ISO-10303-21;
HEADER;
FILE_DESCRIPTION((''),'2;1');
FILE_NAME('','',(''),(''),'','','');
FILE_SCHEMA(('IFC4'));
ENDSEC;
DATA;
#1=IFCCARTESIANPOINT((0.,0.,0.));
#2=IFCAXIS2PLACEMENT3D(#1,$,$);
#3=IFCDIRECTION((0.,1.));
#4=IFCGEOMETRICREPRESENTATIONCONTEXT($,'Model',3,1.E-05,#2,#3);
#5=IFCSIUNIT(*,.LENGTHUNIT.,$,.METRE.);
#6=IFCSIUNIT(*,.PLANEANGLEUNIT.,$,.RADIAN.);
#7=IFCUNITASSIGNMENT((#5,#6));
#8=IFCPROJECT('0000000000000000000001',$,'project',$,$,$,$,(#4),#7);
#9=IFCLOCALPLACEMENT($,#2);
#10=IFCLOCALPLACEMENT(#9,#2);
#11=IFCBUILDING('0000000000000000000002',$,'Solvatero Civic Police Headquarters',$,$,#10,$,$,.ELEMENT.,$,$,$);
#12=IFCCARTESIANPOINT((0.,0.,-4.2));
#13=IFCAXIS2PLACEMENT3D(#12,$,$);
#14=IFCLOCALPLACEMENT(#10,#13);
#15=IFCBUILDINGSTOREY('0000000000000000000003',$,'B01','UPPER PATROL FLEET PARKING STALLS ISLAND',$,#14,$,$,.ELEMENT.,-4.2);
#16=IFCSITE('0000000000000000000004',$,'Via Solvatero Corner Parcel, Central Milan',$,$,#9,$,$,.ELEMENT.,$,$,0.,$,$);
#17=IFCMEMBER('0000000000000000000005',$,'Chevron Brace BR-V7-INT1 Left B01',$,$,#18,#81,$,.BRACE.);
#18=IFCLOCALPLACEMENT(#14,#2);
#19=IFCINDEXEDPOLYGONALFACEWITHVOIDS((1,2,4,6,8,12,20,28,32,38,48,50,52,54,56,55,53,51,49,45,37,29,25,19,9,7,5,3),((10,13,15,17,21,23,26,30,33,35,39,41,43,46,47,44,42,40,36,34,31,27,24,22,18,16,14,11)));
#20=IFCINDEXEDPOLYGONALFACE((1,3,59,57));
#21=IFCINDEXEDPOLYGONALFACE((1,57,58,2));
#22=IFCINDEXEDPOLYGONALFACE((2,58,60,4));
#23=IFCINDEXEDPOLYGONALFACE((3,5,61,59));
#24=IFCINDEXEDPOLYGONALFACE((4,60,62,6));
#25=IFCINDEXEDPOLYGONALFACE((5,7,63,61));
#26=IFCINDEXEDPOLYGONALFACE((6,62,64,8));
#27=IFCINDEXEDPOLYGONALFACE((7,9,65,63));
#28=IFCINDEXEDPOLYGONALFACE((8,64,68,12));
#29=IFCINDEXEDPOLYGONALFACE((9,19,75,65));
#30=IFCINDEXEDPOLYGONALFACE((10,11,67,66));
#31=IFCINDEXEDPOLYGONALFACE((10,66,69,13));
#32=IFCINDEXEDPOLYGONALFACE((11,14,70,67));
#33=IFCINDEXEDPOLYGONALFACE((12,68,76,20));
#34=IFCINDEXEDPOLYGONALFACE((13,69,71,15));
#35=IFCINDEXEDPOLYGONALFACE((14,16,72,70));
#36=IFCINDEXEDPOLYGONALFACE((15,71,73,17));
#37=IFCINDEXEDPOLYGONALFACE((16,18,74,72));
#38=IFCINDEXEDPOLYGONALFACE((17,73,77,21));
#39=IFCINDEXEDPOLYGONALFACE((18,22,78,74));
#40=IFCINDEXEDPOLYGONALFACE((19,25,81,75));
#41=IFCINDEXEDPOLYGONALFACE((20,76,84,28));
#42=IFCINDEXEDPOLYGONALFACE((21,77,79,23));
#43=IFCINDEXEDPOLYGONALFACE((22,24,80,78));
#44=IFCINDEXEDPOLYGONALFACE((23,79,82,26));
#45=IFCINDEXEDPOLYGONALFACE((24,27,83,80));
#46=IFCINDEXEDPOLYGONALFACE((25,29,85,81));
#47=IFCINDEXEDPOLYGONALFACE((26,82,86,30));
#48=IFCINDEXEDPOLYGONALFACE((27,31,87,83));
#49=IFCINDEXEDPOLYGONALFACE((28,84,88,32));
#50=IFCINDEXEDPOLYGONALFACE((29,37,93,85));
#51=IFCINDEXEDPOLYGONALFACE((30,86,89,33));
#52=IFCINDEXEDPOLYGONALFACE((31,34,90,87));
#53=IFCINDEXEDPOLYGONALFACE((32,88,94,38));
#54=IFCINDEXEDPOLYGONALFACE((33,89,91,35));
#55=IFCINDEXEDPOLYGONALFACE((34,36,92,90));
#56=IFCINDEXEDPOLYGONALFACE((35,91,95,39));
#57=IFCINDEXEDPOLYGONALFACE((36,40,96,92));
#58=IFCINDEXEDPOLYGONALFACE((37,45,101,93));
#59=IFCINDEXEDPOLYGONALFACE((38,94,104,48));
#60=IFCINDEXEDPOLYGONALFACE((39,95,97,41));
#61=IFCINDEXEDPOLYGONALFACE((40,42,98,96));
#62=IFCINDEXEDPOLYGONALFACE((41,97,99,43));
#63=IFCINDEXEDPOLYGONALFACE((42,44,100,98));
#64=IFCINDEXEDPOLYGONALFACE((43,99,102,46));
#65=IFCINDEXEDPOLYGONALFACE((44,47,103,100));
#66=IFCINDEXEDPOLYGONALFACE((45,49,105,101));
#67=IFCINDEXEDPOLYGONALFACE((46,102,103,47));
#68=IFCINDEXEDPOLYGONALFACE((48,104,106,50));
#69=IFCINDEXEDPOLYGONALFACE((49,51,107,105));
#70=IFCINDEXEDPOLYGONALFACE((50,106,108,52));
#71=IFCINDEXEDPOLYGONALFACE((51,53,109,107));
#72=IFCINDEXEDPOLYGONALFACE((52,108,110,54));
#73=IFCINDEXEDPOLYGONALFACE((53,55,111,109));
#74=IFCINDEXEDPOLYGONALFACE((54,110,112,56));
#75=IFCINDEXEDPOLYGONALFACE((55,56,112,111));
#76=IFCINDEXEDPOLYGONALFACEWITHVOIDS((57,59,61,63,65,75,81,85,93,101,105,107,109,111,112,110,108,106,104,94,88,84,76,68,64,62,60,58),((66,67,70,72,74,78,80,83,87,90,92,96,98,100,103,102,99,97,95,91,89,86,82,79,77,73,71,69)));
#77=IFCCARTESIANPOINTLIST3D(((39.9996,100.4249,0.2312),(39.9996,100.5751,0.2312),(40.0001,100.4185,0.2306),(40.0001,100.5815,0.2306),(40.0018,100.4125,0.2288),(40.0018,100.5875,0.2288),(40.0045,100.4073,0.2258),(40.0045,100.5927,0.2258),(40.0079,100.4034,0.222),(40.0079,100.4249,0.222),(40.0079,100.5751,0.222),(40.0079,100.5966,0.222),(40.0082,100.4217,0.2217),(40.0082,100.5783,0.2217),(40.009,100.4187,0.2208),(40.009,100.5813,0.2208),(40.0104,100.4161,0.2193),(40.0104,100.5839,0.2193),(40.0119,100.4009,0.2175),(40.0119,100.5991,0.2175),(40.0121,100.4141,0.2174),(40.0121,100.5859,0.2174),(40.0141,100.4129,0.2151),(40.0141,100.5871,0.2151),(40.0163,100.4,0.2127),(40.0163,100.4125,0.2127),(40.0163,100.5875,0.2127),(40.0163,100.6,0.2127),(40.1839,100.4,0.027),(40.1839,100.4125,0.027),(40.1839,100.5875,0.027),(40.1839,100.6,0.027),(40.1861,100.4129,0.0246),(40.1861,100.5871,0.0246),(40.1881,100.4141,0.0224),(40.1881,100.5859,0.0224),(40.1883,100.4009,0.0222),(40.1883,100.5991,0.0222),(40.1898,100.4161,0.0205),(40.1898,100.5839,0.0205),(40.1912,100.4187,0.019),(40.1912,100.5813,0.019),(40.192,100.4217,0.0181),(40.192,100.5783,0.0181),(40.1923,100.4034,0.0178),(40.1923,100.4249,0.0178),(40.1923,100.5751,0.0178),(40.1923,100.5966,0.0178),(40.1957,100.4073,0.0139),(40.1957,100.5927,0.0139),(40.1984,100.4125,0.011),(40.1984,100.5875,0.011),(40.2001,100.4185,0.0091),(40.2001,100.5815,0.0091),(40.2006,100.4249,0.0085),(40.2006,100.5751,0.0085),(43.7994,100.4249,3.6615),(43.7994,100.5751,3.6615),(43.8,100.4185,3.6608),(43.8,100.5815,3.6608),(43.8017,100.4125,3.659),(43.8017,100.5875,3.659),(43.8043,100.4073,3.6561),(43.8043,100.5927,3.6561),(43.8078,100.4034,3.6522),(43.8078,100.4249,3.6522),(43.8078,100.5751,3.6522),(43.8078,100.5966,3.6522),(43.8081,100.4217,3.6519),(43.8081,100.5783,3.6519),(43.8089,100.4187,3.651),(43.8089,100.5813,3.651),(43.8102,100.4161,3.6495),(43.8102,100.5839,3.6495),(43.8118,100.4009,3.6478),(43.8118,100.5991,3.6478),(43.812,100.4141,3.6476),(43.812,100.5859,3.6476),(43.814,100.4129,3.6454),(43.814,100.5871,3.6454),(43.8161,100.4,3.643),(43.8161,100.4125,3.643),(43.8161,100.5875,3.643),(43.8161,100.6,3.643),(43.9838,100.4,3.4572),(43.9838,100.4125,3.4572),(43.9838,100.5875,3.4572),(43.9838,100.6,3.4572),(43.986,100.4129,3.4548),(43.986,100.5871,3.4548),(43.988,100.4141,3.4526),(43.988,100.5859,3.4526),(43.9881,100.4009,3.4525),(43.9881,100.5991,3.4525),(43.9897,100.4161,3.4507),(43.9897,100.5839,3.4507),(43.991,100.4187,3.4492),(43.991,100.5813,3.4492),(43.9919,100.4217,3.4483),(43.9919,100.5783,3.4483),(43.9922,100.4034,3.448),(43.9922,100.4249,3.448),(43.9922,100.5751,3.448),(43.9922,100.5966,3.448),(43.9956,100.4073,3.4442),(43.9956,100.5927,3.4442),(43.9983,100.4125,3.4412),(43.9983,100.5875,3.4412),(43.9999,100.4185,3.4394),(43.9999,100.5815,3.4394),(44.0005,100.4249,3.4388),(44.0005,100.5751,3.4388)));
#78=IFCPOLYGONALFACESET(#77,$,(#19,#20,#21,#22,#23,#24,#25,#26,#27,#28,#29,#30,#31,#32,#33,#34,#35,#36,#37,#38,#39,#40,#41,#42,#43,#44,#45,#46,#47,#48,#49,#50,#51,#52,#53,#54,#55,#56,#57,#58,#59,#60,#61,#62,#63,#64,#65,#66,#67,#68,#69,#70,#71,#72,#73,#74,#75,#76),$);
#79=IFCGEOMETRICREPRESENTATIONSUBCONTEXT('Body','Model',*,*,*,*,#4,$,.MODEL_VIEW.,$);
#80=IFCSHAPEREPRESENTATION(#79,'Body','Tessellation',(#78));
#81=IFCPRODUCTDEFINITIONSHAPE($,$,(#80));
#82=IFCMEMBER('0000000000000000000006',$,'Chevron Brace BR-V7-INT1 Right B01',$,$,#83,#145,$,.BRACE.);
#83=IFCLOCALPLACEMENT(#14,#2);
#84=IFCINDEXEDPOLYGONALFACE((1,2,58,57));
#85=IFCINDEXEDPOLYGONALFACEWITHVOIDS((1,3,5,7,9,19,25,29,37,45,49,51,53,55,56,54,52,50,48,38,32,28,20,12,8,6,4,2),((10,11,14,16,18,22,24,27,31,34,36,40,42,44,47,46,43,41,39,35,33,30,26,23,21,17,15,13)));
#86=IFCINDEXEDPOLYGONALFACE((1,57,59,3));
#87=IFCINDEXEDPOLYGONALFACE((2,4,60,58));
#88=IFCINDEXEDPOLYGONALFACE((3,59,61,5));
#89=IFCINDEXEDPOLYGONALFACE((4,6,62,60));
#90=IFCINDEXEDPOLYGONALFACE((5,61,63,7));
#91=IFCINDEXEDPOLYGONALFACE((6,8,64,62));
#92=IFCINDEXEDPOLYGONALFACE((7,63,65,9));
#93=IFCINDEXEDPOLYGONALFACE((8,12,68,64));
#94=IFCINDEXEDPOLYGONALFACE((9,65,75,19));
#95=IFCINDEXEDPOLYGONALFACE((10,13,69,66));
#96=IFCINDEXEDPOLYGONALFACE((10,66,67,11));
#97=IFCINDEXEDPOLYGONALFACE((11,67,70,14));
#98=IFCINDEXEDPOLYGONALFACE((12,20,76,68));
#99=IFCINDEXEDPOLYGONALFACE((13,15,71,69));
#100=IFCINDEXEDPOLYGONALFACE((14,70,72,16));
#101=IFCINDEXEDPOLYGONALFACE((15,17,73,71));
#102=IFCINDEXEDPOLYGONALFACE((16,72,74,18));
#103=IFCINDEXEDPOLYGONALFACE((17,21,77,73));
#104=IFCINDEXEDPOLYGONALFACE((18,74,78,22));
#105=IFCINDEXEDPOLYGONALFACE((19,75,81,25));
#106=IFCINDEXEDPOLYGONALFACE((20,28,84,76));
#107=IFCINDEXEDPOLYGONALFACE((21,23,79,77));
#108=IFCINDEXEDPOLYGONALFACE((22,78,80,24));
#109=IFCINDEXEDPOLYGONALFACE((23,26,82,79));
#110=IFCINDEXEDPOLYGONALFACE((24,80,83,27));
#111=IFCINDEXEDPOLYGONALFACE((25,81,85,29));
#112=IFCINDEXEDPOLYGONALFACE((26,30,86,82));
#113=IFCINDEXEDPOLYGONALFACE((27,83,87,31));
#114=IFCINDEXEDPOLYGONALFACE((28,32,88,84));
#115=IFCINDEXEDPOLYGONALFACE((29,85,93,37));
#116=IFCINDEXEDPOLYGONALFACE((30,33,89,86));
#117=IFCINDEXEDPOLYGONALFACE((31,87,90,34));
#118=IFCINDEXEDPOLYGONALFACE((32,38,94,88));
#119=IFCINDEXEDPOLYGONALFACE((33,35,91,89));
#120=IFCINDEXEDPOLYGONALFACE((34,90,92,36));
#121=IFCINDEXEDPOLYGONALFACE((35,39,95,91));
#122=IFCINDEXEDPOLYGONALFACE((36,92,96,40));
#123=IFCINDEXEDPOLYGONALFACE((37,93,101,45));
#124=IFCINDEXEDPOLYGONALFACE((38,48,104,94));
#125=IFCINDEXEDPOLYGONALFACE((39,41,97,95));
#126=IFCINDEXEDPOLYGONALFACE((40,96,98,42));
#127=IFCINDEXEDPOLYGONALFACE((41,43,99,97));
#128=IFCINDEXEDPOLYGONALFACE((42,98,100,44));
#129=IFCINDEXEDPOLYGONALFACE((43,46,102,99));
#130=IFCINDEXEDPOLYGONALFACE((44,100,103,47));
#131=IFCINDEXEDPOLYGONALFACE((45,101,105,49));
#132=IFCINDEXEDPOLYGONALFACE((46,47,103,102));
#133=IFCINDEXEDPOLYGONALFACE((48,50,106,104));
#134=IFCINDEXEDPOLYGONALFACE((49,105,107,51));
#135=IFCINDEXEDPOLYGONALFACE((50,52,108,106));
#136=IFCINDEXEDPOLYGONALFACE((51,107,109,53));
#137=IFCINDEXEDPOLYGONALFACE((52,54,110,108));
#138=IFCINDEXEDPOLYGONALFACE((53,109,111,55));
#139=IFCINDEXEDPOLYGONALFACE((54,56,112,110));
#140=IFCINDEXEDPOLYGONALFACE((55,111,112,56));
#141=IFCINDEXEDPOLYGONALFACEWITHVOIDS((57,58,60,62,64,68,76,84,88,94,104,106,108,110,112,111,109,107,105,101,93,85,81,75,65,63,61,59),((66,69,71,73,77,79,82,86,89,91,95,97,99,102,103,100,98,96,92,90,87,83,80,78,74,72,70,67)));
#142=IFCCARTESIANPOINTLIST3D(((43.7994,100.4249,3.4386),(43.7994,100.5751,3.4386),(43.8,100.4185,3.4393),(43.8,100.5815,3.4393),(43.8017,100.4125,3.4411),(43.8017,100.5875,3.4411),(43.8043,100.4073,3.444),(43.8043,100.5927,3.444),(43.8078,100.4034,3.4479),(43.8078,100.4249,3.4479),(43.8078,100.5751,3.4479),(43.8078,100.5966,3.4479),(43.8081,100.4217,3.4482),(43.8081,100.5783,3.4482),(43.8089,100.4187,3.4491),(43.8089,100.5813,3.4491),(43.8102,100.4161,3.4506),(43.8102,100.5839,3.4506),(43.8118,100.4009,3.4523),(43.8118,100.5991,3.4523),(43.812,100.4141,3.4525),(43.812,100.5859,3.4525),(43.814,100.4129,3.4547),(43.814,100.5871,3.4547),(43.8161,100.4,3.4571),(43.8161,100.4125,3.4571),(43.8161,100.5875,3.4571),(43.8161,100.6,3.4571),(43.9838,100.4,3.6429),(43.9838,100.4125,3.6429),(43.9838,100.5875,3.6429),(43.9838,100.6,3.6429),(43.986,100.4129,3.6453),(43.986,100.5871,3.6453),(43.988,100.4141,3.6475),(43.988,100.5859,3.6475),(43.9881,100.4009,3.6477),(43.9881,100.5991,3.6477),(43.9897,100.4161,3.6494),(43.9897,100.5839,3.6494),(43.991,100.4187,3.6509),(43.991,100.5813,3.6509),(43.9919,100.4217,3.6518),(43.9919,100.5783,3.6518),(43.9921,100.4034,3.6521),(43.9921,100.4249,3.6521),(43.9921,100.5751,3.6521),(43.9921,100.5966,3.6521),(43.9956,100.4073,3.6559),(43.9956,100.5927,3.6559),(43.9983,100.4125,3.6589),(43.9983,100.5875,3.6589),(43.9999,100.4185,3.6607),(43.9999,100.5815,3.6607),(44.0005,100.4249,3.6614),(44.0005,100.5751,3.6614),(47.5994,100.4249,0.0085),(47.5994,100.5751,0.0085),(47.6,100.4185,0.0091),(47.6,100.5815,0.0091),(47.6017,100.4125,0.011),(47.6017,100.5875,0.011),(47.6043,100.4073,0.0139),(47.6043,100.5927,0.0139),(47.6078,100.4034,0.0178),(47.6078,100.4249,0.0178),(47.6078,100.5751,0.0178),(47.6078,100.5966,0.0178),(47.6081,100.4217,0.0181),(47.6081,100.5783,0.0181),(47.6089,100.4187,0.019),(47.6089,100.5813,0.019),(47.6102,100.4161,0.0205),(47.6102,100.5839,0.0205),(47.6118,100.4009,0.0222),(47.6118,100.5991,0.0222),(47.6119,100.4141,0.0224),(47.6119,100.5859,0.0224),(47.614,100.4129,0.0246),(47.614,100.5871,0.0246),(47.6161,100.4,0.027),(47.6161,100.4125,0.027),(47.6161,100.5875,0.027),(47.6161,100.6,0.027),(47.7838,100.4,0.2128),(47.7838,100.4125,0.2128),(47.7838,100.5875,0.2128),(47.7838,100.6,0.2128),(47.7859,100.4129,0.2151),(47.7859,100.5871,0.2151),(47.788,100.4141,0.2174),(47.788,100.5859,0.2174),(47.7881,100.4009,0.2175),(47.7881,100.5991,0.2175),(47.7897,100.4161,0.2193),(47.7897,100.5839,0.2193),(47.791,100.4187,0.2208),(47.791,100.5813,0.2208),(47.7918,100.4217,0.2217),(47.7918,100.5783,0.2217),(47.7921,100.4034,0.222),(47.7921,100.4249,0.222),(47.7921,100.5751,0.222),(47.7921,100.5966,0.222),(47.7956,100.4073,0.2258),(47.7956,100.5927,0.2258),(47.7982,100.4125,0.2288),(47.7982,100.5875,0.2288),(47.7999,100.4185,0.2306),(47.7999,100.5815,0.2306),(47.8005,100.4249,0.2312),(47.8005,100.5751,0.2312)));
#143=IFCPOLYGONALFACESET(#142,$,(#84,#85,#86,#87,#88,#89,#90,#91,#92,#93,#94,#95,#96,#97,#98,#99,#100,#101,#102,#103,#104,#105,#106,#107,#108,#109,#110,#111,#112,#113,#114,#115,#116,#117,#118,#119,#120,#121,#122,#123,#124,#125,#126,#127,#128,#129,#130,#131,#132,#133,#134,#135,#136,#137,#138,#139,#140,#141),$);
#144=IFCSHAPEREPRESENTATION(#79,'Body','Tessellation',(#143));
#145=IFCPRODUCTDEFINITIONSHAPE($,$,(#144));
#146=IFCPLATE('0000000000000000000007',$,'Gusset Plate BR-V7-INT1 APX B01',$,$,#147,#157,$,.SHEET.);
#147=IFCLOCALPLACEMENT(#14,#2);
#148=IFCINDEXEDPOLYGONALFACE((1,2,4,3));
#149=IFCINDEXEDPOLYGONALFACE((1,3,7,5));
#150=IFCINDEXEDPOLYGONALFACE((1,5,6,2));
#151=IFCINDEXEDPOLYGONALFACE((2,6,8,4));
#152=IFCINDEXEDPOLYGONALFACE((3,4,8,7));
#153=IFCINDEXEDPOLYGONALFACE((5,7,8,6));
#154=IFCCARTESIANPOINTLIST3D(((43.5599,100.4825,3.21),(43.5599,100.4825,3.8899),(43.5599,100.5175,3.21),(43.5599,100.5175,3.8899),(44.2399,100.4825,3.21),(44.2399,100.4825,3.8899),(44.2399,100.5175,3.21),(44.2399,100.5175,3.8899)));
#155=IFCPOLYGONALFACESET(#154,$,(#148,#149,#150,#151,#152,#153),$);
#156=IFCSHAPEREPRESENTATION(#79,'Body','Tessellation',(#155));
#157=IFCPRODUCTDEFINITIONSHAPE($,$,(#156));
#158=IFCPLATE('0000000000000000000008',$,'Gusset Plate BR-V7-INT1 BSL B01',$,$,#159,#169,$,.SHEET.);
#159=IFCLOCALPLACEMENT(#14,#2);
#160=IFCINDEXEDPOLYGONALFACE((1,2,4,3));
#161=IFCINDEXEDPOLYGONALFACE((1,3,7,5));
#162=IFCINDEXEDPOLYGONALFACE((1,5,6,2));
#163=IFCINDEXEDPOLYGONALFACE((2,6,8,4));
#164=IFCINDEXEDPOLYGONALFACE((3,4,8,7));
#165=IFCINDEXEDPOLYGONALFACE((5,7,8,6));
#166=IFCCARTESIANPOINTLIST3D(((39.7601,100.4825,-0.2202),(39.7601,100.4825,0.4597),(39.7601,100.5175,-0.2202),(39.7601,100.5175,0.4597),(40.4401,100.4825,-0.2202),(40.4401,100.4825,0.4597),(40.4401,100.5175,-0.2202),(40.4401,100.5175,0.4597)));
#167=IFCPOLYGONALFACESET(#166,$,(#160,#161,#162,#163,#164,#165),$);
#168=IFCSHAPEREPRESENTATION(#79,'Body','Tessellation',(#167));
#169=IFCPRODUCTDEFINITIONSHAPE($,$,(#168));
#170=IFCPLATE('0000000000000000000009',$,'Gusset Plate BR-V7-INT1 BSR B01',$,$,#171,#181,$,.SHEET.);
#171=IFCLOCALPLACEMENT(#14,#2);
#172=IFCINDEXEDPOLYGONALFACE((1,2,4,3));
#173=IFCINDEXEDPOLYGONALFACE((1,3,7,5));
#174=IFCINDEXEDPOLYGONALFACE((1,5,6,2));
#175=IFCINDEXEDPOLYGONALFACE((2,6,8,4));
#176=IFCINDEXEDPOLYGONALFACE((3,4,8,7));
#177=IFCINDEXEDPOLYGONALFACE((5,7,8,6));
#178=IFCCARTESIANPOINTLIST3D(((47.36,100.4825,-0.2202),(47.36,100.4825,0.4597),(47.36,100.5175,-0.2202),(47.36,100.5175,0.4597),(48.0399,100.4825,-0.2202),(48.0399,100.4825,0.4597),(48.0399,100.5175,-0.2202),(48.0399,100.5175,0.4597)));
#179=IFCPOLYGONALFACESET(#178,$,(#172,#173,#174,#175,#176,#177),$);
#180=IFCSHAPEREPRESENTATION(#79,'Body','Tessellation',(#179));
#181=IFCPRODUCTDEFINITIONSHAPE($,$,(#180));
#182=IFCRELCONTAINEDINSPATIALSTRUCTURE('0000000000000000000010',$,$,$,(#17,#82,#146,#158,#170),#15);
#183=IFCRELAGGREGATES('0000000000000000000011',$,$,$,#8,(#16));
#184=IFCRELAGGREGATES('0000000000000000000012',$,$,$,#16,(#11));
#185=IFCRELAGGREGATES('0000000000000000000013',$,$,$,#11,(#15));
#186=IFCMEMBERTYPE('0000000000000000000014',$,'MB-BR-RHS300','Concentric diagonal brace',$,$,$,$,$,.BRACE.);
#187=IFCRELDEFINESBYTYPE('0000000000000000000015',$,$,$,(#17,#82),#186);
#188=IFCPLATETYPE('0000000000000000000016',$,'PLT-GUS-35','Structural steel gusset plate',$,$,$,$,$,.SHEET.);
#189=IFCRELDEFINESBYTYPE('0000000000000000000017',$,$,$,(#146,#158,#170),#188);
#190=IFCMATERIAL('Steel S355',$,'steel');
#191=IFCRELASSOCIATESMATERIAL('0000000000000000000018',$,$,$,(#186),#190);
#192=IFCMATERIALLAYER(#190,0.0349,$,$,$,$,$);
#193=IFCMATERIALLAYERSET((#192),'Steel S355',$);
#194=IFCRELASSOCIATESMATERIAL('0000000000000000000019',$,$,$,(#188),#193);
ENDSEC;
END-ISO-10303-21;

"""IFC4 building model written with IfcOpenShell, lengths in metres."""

from ifc_helpers import new_model, si_unit, direction, frame, origin, origin_2d, place, context, subcontext, project, spatial, rectangle, hollow_rectangle, extrude, material, layer, layer_set, material_profile, profile_set, type_object, element, save


model = new_model("IFC4")

# Units and contexts
model_context = context("Model", 3, precision=1e-05, world=origin(), true_north=direction((0.0, 1.0)))
body_context = subcontext(model_context, "Body", "Model", "MODEL_VIEW")
ifc_project = project(units=[si_unit("LENGTHUNIT", "METRE"), si_unit("PLANEANGLEUNIT", "RADIAN")], contexts=[model_context])

# Site, building, storey
site_placement = place(None, origin())
site = spatial("IfcSite", under=ifc_project, at=site_placement, Name="Via Solvatero Corner Parcel, Central Milan", CompositionType="ELEMENT", RefElevation=0.0)
building_placement = place(site_placement, origin())
building = spatial("IfcBuilding", under=site, at=building_placement, Name="Solvatero Civic Police Headquarters", CompositionType="ELEMENT")
storey_placement = place(building_placement, frame((0.0, 0.0, -4.2)))
storey = spatial("IfcBuildingStorey", under=building, at=storey_placement, Name="B01", Description="UPPER PATROL FLEET PARKING STALLS ISLAND", CompositionType="ELEMENT", Elevation=-4.2)

# Members
ifc_material_1 = material(Name="Steel S355", Category="steel")
ifc_material_profile_1 = material_profile(ifc_material_1, hollow_rectangle(XDim=0.2, YDim=0.3, WallThickness=0.0125, InnerFilletRadius=0.0125, OuterFilletRadius=0.0249, at=origin_2d()), Name="RHS 300x200x12.5")
ifc_profile_set_1 = profile_set([ifc_material_profile_1], Name="Steel S355")
member_type = type_object("IfcMemberType", Name="MB-BR-RHS300", Description="Concentric diagonal brace", PredefinedType="BRACE", material=ifc_profile_set_1)
for number, where, z_axis, x_axis, name in (
    (1, (40.1001, 100.5, 0.1199), (0.742288, 0.0, 0.670081), (0.0, 1.0, 0.0), "Chevron Brace BR-V7-INT1 Left B01"),
    (2, (47.7, 100.5, 0.1199), (-0.742309, 0.0, 0.670057), (0.0, -1.0, 0.0), "Chevron Brace BR-V7-INT1 Right B01"),
):
    element("IfcMember", number, at=place(storey_placement, frame(where, z_axis=z_axis, x_axis=x_axis)), inside=storey, type_object=member_type, Name=name, PredefinedType="BRACE", context=body_context, shape_type="SweptSolid", body=[
        extrude(hollow_rectangle(XDim=0.2, YDim=0.3, WallThickness=0.0125, InnerFilletRadius=0.0125, OuterFilletRadius=0.0249, at=origin_2d()), origin(), (0.0, 0.0, 1.0), 5.1191),
    ])

# Plates
ifc_layer = layer(ifc_material_1, 0.0349)
ifc_layer_set = layer_set([ifc_layer], Name="Steel S355")
plate_type = type_object("IfcPlateType", Name="PLT-GUS-35", Description="Structural steel gusset plate", PredefinedType="SHEET", material=ifc_layer_set)
for number, where, z_axis, x_axis, name in (
    (3, (43.8999, 100.5, 3.21), (0.0, 0.0, 1.0), (1.0, 0.0, 0.0), "Gusset Plate BR-V7-INT1 APX B01"),
    (4, (40.1001, 100.5, -0.2202), (0.0, 0.0, 1.0), (1.0, 0.0, 0.0), "Gusset Plate BR-V7-INT1 BSL B01"),
    (5, (47.7, 100.5, -0.2202), (0.0, 0.0, 1.0), (1.0, 0.0, 0.0), "Gusset Plate BR-V7-INT1 BSR B01"),
):
    element("IfcPlate", number, at=place(storey_placement, frame(where, z_axis=z_axis, x_axis=x_axis)), inside=storey, type_object=plate_type, Name=name, PredefinedType="SHEET", context=body_context, shape_type="SweptSolid", body=[
        extrude(rectangle(XDim=0.6799, YDim=0.0349, at=origin_2d()), origin(), (0.0, 0.0, 1.0), 0.6799),
    ])

save(model, "model.ifc")
